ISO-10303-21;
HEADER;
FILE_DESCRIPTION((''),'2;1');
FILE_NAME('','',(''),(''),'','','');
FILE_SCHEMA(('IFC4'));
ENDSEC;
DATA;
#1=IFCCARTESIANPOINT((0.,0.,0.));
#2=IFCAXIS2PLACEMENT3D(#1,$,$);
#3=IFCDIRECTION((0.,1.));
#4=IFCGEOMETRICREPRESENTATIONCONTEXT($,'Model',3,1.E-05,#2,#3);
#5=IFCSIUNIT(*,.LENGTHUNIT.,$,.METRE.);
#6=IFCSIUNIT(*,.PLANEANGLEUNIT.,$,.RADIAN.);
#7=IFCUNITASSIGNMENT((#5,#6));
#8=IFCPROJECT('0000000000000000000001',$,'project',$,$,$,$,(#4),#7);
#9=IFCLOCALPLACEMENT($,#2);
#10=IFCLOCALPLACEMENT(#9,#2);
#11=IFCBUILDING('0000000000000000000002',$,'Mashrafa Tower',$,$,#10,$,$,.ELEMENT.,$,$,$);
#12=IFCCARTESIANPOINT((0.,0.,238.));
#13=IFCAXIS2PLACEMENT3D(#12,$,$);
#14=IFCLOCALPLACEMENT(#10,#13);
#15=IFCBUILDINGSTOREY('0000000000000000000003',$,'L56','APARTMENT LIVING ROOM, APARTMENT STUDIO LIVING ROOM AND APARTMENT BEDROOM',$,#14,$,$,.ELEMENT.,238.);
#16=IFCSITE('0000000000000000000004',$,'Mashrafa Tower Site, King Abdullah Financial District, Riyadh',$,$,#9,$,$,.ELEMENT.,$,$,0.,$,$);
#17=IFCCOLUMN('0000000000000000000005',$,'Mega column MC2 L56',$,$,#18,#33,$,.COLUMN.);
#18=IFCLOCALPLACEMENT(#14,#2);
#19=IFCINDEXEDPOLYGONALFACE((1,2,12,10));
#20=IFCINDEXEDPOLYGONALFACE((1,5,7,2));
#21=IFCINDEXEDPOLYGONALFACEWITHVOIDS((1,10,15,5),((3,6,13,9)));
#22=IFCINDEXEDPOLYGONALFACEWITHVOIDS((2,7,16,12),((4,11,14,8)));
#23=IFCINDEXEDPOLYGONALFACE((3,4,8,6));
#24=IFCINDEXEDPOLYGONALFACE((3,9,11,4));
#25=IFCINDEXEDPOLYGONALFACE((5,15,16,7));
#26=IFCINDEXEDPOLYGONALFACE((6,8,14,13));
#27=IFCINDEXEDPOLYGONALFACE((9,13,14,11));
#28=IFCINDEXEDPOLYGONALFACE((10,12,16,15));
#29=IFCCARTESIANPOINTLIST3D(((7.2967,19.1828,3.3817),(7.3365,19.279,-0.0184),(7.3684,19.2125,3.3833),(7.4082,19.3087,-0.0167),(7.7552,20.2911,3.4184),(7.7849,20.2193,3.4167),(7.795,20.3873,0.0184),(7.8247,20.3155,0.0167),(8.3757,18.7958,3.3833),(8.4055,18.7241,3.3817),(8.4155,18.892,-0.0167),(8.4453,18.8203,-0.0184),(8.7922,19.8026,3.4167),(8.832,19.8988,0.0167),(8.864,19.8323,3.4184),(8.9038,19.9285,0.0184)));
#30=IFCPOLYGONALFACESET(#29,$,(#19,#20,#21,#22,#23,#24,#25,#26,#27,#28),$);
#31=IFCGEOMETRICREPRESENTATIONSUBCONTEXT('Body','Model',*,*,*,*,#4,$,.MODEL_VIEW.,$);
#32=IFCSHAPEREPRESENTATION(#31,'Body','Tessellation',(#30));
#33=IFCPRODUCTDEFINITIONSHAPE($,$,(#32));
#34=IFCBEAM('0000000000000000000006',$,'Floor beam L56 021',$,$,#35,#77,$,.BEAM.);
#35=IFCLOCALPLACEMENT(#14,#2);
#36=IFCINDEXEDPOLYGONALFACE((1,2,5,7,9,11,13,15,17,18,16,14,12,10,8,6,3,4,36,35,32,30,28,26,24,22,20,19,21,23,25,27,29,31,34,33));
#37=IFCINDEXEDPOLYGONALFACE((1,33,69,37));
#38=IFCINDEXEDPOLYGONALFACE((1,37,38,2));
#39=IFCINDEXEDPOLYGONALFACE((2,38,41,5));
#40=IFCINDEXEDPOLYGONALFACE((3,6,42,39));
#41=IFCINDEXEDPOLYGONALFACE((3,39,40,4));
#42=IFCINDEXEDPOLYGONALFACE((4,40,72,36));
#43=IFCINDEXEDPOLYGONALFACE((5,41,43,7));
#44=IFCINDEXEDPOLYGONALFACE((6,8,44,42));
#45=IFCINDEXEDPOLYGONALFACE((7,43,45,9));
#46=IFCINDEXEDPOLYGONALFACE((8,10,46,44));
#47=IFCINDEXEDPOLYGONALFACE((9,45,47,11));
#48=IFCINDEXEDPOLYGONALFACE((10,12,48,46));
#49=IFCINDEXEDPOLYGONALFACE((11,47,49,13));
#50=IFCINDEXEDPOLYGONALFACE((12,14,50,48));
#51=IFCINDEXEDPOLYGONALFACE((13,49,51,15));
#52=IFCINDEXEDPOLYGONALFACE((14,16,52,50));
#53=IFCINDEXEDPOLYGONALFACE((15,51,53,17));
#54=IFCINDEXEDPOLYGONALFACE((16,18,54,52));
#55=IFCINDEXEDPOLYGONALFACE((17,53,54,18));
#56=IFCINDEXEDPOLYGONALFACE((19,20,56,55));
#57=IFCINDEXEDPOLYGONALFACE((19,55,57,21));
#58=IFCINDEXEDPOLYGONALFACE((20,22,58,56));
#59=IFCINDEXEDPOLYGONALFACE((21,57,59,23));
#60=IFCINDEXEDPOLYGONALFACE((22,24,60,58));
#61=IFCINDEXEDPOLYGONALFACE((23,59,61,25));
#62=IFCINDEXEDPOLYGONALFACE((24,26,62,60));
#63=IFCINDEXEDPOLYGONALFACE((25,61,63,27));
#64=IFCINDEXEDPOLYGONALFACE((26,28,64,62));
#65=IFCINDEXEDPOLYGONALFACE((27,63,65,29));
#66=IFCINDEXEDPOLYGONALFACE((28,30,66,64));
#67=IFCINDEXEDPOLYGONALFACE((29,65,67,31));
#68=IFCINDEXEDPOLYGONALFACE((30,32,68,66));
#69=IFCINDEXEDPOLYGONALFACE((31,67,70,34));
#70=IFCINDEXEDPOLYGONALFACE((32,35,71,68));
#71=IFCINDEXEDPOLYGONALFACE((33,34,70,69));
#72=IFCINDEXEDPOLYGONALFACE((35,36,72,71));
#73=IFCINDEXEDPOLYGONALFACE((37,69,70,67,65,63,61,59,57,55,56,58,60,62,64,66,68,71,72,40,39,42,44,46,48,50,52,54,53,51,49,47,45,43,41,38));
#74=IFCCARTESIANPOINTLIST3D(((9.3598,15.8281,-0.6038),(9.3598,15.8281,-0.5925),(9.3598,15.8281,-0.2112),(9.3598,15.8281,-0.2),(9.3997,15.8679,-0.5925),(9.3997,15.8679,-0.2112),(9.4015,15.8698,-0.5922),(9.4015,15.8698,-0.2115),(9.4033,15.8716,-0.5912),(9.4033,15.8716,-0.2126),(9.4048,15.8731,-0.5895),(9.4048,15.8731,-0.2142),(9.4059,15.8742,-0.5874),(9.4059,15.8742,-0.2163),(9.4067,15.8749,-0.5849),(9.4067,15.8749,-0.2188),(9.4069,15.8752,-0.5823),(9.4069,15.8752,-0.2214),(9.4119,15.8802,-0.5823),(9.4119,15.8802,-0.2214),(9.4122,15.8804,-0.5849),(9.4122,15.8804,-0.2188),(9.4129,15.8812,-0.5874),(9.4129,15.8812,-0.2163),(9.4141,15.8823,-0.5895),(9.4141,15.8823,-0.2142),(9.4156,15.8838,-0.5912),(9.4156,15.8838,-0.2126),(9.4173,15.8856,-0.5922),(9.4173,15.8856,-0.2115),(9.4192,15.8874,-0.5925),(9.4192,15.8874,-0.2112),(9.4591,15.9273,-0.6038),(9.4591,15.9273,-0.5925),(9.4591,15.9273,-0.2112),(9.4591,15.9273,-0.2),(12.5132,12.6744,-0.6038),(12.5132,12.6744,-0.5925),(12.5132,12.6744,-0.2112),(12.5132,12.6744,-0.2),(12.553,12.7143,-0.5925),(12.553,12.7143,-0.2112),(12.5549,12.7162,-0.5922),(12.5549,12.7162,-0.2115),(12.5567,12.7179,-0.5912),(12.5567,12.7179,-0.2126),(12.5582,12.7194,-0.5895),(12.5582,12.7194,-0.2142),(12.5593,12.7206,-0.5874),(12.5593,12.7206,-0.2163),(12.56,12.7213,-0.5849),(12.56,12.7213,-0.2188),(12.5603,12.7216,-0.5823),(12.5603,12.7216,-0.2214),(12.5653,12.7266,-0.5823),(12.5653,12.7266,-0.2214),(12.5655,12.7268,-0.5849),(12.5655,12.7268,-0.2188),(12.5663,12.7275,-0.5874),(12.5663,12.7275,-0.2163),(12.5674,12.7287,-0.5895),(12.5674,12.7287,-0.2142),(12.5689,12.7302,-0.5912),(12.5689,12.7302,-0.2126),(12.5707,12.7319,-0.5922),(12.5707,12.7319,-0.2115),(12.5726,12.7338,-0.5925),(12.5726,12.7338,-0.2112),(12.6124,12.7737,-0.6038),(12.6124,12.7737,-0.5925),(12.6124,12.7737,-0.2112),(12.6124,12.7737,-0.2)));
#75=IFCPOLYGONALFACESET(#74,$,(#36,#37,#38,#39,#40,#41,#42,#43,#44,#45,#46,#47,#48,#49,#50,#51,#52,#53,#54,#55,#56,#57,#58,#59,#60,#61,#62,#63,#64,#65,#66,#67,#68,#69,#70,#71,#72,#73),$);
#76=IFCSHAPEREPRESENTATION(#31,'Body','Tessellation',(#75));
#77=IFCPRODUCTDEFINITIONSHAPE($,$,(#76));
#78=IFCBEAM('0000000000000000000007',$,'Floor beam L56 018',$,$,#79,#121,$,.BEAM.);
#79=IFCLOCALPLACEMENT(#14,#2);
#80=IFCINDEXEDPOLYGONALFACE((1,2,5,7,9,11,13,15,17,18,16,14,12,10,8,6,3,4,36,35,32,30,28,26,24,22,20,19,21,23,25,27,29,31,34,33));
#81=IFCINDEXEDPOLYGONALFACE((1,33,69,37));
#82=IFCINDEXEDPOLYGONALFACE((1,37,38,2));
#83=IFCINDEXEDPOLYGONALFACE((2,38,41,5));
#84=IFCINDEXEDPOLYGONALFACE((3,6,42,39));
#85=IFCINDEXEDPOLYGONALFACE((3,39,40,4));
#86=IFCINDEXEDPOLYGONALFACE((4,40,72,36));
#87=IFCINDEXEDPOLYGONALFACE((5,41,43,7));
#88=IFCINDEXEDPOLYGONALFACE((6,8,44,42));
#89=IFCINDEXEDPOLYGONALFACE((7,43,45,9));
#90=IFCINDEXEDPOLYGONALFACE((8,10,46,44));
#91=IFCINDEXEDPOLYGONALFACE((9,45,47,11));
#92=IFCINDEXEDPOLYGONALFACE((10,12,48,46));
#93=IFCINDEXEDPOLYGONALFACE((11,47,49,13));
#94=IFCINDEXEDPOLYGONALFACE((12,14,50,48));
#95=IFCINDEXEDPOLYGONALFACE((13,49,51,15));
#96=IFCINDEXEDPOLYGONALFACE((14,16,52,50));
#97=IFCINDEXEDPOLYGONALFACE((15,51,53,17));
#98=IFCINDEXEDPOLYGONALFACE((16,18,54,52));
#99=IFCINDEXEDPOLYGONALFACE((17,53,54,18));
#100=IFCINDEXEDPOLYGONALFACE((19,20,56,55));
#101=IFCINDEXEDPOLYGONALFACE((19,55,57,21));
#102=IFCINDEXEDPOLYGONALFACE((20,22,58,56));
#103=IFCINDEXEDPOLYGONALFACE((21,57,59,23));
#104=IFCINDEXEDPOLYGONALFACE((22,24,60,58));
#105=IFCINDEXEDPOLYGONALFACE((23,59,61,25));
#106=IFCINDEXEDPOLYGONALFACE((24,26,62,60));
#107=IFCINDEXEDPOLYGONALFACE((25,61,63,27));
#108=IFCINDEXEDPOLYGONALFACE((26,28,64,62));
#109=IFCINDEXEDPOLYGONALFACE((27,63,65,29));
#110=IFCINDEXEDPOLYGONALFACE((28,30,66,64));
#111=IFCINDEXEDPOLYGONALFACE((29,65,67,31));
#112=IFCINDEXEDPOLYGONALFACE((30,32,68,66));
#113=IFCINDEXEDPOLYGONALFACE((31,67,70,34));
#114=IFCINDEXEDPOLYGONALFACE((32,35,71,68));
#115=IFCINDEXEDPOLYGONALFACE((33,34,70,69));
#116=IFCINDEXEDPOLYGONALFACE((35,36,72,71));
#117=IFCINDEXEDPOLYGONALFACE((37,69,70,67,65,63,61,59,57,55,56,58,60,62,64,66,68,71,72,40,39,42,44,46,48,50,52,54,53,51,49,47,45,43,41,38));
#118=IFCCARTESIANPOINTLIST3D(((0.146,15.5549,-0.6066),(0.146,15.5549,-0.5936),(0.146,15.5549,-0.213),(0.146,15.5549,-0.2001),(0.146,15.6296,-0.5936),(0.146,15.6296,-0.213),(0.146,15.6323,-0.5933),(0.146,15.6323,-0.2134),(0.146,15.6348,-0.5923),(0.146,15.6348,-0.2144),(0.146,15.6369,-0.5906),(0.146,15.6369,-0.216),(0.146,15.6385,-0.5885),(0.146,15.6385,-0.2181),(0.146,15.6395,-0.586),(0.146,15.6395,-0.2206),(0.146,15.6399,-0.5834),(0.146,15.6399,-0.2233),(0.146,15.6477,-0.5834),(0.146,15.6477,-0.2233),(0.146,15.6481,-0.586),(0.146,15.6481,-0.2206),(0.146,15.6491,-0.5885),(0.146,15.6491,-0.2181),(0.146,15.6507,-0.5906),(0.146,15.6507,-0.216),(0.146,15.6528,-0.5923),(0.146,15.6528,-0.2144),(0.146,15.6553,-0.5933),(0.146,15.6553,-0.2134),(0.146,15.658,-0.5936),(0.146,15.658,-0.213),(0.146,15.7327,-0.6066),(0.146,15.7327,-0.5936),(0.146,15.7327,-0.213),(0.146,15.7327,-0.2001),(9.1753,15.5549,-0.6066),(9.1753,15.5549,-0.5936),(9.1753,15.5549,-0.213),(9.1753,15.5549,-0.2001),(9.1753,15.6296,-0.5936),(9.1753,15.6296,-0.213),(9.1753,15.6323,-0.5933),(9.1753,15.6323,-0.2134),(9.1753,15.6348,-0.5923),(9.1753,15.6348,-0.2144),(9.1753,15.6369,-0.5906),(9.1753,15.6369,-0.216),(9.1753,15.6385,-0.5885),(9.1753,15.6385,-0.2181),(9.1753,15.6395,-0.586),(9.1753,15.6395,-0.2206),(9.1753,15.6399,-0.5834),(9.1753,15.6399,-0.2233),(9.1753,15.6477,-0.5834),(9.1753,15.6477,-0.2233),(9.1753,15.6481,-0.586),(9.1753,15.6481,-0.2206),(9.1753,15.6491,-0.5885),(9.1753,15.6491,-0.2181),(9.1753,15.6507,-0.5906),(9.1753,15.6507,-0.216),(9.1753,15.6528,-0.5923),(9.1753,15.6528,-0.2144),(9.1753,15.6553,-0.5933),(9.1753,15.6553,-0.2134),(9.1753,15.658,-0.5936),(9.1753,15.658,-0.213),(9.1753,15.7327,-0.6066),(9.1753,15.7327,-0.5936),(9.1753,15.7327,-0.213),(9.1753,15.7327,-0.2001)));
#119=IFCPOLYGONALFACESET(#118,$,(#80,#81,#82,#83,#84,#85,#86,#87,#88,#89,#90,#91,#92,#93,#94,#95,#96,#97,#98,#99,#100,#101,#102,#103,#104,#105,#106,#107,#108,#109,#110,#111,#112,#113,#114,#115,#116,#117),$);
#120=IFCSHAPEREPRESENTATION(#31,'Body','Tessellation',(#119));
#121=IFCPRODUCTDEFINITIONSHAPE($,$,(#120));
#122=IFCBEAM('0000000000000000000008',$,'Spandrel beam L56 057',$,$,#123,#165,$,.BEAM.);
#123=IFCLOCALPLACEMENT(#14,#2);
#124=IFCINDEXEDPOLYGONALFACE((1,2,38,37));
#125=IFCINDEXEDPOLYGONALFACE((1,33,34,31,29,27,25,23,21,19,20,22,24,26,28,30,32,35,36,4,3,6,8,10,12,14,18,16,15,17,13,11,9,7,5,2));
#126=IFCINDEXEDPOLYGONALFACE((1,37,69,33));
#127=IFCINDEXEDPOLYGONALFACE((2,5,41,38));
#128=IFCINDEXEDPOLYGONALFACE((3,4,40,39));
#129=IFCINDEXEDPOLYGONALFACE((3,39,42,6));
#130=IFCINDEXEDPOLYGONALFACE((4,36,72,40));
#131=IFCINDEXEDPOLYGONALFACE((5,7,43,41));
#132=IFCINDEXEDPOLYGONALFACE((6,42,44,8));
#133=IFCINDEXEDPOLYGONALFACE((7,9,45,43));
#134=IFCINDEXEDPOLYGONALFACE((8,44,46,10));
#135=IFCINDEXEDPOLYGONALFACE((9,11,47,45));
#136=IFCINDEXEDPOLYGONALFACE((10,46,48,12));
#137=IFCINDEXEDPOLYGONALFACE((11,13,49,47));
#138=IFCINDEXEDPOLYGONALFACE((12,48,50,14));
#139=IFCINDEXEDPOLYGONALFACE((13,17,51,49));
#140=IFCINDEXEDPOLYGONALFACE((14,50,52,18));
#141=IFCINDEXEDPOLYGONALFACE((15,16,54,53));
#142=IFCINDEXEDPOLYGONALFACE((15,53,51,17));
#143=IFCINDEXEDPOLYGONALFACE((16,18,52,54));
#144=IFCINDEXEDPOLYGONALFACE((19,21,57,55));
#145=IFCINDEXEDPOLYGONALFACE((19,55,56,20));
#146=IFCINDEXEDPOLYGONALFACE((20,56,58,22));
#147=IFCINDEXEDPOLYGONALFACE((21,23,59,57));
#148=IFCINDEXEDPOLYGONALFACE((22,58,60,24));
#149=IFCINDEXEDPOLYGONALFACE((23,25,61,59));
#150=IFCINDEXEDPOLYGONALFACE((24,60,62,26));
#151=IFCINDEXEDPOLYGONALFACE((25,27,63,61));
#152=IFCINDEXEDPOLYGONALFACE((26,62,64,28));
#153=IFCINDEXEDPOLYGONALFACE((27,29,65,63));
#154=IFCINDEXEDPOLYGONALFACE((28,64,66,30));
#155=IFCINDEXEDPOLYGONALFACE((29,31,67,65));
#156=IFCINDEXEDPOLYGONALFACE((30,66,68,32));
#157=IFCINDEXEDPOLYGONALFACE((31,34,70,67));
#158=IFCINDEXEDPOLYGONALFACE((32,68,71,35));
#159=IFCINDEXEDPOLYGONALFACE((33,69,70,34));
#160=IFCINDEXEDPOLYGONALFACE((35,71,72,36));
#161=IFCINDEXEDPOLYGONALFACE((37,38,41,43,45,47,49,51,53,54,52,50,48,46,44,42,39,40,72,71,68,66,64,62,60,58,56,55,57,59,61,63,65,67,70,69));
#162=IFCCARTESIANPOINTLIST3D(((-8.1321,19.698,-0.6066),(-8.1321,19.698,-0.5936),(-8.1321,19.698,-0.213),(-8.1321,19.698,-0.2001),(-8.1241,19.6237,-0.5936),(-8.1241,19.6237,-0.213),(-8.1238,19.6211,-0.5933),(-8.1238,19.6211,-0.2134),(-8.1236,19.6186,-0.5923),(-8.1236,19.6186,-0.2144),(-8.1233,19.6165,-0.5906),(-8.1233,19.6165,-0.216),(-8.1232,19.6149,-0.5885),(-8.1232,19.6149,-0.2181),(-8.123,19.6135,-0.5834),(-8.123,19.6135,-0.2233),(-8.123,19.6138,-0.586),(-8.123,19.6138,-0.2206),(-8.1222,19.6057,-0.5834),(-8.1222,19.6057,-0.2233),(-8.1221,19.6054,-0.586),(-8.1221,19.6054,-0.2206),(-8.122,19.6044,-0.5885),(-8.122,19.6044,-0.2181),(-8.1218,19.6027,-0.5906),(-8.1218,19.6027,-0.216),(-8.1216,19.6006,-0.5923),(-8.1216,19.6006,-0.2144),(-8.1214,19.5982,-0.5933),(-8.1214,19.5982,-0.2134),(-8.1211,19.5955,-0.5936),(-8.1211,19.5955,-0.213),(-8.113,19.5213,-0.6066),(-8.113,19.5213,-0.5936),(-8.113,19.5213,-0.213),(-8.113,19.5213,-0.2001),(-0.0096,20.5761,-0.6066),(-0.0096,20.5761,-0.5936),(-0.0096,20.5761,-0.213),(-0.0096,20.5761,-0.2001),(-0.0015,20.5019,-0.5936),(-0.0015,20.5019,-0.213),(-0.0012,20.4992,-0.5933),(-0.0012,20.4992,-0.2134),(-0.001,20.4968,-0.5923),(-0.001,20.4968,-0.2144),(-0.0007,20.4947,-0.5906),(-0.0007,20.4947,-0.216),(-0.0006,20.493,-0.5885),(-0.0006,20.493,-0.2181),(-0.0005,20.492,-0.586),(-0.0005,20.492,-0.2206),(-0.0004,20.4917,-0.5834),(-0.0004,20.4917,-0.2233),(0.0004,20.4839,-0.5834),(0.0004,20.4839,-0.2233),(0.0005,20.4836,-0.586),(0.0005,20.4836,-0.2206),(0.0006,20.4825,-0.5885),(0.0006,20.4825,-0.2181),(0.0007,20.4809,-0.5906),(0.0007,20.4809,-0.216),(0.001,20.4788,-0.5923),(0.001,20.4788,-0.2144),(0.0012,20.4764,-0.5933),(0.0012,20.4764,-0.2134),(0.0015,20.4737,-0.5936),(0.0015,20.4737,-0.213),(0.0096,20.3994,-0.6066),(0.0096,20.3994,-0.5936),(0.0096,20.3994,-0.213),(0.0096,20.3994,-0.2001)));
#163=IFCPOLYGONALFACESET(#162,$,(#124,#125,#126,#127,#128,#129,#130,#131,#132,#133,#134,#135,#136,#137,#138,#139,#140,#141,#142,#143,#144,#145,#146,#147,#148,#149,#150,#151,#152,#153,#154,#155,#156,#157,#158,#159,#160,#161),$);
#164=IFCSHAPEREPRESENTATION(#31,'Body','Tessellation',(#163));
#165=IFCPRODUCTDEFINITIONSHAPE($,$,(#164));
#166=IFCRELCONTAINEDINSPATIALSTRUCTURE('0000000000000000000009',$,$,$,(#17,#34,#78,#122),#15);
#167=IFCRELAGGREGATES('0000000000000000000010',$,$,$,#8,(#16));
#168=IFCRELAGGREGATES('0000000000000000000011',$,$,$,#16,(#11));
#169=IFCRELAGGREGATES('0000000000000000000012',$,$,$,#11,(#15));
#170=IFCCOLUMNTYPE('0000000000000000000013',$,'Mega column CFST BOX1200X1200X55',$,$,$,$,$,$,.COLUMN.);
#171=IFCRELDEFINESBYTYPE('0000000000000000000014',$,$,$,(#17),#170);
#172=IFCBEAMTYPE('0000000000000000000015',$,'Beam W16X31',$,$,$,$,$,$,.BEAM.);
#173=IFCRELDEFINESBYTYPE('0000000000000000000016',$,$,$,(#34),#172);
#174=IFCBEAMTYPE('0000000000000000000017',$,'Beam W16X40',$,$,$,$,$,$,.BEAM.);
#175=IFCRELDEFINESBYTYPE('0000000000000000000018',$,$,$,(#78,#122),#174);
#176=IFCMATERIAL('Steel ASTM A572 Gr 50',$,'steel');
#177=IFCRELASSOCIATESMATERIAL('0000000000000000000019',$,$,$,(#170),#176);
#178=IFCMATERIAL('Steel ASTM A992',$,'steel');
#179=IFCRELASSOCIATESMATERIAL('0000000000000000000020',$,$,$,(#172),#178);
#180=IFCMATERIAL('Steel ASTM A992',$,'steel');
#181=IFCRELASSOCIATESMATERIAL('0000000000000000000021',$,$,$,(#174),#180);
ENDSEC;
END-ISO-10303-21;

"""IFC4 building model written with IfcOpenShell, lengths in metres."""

from ifc_helpers import new_model, si_unit, direction, frame, origin, origin_2d, place, context, subcontext, project, spatial, hollow_rectangle, i_section, extrude, material, material_profile, profile_set, type_object, element, save


model = new_model("IFC4")

# Units and contexts
model_context = context("Model", 3, precision=1e-05, world=origin(), true_north=direction((0.0, 1.0)))
body_context = subcontext(model_context, "Body", "Model", "MODEL_VIEW")
ifc_project = project(units=[si_unit("LENGTHUNIT", "METRE"), si_unit("PLANEANGLEUNIT", "RADIAN")], contexts=[model_context])

# Site, building, storey
site_placement = place(None, origin())
site = spatial("IfcSite", under=ifc_project, at=site_placement, Name="Mashrafa Tower Site, King Abdullah Financial District, Riyadh", CompositionType="ELEMENT", RefElevation=0.0)
building_placement = place(site_placement, origin())
building = spatial("IfcBuilding", under=site, at=building_placement, Name="Mashrafa Tower", CompositionType="ELEMENT")
storey_placement = place(building_placement, frame((0.0, 0.0, 238.0)))
storey = spatial("IfcBuildingStorey", under=building, at=storey_placement, Name="L56", Description="APARTMENT LIVING ROOM, APARTMENT STUDIO LIVING ROOM AND APARTMENT BEDROOM", CompositionType="ELEMENT", Elevation=238.0)

# Column
ifc_material_1 = material(Name="Steel ASTM A572 Gr 50", Category="steel")
ifc_material_profile_1 = material_profile(ifc_material_1, hollow_rectangle(XDim=1.2, YDim=1.2, WallThickness=0.0549, at=origin_2d()), Name="BOX1200X1200X55")
ifc_profile_set_1 = profile_set([ifc_material_profile_1], Name="Steel ASTM A572 Gr 50")
column_type = type_object("IfcColumnType", Name="Mega column CFST BOX1200X1200X55", PredefinedType="COLUMN", material=ifc_profile_set_1)
column_placement = place(storey_placement, frame((8.1201, 19.6038, 0.0), z_axis=(-0.011699, -0.028279, 0.999532), x_axis=(0.924045, -0.382283, 0.0)))
element("IfcColumn", 1, at=column_placement, inside=storey, type_object=column_type, Name="Mega column MC2 L56", PredefinedType="COLUMN", context=body_context, shape_type="SweptSolid", body=[
    extrude(hollow_rectangle(XDim=1.2, YDim=1.2, WallThickness=0.0549, at=origin_2d()), origin(), (0.0, 0.0, 1.0), 3.4016),
])

# Beams
ifc_material_2 = material(Name="Steel ASTM A992", Category="steel")
ifc_material_profile_2 = material_profile(ifc_material_2, i_section(OverallWidth=0.1404, OverallDepth=0.4038, WebThickness=0.0071, FlangeThickness=0.0112, FilletRadius=0.0103, at=origin_2d()), Name="W16X31")
ifc_profile_set_2 = profile_set([ifc_material_profile_2], Name="Steel ASTM A992")
beam_type_1 = type_object("IfcBeamType", Name="Beam W16X31", PredefinedType="BEAM", material=ifc_profile_set_2)
beam_1_placement = place(storey_placement, frame((9.4094, 15.8777, -0.4019), z_axis=(0.707079, -0.707134, 0.0), x_axis=(0.707134, 0.707079, 0.0)))
element("IfcBeam", 2, at=beam_1_placement, inside=storey, type_object=beam_type_1, Name="Floor beam L56 021", PredefinedType="BEAM", context=body_context, shape_type="SweptSolid", body=[
    extrude(i_section(OverallWidth=0.1404, OverallDepth=0.4038, WebThickness=0.0071, FlangeThickness=0.0112, FilletRadius=0.0103, at=origin_2d()), origin(), (0.0, 0.0, 1.0), 4.4597),
])
ifc_material_3 = material(Name="Steel ASTM A992", Category="steel")
ifc_material_profile_3 = material_profile(ifc_material_3, i_section(OverallWidth=0.1777, OverallDepth=0.4065, WebThickness=0.0078, FlangeThickness=0.0129, FilletRadius=0.0103, at=origin_2d()), Name="W16X40")
ifc_profile_set_3 = profile_set([ifc_material_profile_3], Name="Steel ASTM A992")
beam_type_2 = type_object("IfcBeamType", Name="Beam W16X40", PredefinedType="BEAM", material=ifc_profile_set_3)
beam_2_placement = place(storey_placement, frame((0.146, 15.6438, -0.4033), z_axis=(1.0, 0.0, 0.0), x_axis=(0.0, 1.0, 0.0)))
element("IfcBeam", 3, at=beam_2_placement, inside=storey, type_object=beam_type_2, Name="Floor beam L56 018", PredefinedType="BEAM", context=body_context, shape_type="SweptSolid", body=[
    extrude(i_section(OverallWidth=0.1777, OverallDepth=0.4065, WebThickness=0.0078, FlangeThickness=0.0129, FilletRadius=0.0103, at=origin_2d()), origin(), (0.0, 0.0, 1.0), 9.0293),
])
for number, where, z_axis, x_axis, name in (
    (4, (0.0, 20.4878, -0.4033), (-0.994206, -0.107489, 0.0), (0.107489, -0.994206, 0.0), "Spandrel beam L56 057"),
):
    element("IfcBeam", number, at=place(storey_placement, frame(where, z_axis=z_axis, x_axis=x_axis)), inside=storey, type_object=beam_type_2, Name=name, PredefinedType="BEAM", context=body_context, shape_type="SweptSolid", body=[
        extrude(i_section(OverallWidth=0.1777, OverallDepth=0.4065, WebThickness=0.0078, FlangeThickness=0.0129, FilletRadius=0.0103, at=origin_2d()), origin(), (0.0, 0.0, 1.0), 8.1699),
    ])

save(model, "model.ifc")
